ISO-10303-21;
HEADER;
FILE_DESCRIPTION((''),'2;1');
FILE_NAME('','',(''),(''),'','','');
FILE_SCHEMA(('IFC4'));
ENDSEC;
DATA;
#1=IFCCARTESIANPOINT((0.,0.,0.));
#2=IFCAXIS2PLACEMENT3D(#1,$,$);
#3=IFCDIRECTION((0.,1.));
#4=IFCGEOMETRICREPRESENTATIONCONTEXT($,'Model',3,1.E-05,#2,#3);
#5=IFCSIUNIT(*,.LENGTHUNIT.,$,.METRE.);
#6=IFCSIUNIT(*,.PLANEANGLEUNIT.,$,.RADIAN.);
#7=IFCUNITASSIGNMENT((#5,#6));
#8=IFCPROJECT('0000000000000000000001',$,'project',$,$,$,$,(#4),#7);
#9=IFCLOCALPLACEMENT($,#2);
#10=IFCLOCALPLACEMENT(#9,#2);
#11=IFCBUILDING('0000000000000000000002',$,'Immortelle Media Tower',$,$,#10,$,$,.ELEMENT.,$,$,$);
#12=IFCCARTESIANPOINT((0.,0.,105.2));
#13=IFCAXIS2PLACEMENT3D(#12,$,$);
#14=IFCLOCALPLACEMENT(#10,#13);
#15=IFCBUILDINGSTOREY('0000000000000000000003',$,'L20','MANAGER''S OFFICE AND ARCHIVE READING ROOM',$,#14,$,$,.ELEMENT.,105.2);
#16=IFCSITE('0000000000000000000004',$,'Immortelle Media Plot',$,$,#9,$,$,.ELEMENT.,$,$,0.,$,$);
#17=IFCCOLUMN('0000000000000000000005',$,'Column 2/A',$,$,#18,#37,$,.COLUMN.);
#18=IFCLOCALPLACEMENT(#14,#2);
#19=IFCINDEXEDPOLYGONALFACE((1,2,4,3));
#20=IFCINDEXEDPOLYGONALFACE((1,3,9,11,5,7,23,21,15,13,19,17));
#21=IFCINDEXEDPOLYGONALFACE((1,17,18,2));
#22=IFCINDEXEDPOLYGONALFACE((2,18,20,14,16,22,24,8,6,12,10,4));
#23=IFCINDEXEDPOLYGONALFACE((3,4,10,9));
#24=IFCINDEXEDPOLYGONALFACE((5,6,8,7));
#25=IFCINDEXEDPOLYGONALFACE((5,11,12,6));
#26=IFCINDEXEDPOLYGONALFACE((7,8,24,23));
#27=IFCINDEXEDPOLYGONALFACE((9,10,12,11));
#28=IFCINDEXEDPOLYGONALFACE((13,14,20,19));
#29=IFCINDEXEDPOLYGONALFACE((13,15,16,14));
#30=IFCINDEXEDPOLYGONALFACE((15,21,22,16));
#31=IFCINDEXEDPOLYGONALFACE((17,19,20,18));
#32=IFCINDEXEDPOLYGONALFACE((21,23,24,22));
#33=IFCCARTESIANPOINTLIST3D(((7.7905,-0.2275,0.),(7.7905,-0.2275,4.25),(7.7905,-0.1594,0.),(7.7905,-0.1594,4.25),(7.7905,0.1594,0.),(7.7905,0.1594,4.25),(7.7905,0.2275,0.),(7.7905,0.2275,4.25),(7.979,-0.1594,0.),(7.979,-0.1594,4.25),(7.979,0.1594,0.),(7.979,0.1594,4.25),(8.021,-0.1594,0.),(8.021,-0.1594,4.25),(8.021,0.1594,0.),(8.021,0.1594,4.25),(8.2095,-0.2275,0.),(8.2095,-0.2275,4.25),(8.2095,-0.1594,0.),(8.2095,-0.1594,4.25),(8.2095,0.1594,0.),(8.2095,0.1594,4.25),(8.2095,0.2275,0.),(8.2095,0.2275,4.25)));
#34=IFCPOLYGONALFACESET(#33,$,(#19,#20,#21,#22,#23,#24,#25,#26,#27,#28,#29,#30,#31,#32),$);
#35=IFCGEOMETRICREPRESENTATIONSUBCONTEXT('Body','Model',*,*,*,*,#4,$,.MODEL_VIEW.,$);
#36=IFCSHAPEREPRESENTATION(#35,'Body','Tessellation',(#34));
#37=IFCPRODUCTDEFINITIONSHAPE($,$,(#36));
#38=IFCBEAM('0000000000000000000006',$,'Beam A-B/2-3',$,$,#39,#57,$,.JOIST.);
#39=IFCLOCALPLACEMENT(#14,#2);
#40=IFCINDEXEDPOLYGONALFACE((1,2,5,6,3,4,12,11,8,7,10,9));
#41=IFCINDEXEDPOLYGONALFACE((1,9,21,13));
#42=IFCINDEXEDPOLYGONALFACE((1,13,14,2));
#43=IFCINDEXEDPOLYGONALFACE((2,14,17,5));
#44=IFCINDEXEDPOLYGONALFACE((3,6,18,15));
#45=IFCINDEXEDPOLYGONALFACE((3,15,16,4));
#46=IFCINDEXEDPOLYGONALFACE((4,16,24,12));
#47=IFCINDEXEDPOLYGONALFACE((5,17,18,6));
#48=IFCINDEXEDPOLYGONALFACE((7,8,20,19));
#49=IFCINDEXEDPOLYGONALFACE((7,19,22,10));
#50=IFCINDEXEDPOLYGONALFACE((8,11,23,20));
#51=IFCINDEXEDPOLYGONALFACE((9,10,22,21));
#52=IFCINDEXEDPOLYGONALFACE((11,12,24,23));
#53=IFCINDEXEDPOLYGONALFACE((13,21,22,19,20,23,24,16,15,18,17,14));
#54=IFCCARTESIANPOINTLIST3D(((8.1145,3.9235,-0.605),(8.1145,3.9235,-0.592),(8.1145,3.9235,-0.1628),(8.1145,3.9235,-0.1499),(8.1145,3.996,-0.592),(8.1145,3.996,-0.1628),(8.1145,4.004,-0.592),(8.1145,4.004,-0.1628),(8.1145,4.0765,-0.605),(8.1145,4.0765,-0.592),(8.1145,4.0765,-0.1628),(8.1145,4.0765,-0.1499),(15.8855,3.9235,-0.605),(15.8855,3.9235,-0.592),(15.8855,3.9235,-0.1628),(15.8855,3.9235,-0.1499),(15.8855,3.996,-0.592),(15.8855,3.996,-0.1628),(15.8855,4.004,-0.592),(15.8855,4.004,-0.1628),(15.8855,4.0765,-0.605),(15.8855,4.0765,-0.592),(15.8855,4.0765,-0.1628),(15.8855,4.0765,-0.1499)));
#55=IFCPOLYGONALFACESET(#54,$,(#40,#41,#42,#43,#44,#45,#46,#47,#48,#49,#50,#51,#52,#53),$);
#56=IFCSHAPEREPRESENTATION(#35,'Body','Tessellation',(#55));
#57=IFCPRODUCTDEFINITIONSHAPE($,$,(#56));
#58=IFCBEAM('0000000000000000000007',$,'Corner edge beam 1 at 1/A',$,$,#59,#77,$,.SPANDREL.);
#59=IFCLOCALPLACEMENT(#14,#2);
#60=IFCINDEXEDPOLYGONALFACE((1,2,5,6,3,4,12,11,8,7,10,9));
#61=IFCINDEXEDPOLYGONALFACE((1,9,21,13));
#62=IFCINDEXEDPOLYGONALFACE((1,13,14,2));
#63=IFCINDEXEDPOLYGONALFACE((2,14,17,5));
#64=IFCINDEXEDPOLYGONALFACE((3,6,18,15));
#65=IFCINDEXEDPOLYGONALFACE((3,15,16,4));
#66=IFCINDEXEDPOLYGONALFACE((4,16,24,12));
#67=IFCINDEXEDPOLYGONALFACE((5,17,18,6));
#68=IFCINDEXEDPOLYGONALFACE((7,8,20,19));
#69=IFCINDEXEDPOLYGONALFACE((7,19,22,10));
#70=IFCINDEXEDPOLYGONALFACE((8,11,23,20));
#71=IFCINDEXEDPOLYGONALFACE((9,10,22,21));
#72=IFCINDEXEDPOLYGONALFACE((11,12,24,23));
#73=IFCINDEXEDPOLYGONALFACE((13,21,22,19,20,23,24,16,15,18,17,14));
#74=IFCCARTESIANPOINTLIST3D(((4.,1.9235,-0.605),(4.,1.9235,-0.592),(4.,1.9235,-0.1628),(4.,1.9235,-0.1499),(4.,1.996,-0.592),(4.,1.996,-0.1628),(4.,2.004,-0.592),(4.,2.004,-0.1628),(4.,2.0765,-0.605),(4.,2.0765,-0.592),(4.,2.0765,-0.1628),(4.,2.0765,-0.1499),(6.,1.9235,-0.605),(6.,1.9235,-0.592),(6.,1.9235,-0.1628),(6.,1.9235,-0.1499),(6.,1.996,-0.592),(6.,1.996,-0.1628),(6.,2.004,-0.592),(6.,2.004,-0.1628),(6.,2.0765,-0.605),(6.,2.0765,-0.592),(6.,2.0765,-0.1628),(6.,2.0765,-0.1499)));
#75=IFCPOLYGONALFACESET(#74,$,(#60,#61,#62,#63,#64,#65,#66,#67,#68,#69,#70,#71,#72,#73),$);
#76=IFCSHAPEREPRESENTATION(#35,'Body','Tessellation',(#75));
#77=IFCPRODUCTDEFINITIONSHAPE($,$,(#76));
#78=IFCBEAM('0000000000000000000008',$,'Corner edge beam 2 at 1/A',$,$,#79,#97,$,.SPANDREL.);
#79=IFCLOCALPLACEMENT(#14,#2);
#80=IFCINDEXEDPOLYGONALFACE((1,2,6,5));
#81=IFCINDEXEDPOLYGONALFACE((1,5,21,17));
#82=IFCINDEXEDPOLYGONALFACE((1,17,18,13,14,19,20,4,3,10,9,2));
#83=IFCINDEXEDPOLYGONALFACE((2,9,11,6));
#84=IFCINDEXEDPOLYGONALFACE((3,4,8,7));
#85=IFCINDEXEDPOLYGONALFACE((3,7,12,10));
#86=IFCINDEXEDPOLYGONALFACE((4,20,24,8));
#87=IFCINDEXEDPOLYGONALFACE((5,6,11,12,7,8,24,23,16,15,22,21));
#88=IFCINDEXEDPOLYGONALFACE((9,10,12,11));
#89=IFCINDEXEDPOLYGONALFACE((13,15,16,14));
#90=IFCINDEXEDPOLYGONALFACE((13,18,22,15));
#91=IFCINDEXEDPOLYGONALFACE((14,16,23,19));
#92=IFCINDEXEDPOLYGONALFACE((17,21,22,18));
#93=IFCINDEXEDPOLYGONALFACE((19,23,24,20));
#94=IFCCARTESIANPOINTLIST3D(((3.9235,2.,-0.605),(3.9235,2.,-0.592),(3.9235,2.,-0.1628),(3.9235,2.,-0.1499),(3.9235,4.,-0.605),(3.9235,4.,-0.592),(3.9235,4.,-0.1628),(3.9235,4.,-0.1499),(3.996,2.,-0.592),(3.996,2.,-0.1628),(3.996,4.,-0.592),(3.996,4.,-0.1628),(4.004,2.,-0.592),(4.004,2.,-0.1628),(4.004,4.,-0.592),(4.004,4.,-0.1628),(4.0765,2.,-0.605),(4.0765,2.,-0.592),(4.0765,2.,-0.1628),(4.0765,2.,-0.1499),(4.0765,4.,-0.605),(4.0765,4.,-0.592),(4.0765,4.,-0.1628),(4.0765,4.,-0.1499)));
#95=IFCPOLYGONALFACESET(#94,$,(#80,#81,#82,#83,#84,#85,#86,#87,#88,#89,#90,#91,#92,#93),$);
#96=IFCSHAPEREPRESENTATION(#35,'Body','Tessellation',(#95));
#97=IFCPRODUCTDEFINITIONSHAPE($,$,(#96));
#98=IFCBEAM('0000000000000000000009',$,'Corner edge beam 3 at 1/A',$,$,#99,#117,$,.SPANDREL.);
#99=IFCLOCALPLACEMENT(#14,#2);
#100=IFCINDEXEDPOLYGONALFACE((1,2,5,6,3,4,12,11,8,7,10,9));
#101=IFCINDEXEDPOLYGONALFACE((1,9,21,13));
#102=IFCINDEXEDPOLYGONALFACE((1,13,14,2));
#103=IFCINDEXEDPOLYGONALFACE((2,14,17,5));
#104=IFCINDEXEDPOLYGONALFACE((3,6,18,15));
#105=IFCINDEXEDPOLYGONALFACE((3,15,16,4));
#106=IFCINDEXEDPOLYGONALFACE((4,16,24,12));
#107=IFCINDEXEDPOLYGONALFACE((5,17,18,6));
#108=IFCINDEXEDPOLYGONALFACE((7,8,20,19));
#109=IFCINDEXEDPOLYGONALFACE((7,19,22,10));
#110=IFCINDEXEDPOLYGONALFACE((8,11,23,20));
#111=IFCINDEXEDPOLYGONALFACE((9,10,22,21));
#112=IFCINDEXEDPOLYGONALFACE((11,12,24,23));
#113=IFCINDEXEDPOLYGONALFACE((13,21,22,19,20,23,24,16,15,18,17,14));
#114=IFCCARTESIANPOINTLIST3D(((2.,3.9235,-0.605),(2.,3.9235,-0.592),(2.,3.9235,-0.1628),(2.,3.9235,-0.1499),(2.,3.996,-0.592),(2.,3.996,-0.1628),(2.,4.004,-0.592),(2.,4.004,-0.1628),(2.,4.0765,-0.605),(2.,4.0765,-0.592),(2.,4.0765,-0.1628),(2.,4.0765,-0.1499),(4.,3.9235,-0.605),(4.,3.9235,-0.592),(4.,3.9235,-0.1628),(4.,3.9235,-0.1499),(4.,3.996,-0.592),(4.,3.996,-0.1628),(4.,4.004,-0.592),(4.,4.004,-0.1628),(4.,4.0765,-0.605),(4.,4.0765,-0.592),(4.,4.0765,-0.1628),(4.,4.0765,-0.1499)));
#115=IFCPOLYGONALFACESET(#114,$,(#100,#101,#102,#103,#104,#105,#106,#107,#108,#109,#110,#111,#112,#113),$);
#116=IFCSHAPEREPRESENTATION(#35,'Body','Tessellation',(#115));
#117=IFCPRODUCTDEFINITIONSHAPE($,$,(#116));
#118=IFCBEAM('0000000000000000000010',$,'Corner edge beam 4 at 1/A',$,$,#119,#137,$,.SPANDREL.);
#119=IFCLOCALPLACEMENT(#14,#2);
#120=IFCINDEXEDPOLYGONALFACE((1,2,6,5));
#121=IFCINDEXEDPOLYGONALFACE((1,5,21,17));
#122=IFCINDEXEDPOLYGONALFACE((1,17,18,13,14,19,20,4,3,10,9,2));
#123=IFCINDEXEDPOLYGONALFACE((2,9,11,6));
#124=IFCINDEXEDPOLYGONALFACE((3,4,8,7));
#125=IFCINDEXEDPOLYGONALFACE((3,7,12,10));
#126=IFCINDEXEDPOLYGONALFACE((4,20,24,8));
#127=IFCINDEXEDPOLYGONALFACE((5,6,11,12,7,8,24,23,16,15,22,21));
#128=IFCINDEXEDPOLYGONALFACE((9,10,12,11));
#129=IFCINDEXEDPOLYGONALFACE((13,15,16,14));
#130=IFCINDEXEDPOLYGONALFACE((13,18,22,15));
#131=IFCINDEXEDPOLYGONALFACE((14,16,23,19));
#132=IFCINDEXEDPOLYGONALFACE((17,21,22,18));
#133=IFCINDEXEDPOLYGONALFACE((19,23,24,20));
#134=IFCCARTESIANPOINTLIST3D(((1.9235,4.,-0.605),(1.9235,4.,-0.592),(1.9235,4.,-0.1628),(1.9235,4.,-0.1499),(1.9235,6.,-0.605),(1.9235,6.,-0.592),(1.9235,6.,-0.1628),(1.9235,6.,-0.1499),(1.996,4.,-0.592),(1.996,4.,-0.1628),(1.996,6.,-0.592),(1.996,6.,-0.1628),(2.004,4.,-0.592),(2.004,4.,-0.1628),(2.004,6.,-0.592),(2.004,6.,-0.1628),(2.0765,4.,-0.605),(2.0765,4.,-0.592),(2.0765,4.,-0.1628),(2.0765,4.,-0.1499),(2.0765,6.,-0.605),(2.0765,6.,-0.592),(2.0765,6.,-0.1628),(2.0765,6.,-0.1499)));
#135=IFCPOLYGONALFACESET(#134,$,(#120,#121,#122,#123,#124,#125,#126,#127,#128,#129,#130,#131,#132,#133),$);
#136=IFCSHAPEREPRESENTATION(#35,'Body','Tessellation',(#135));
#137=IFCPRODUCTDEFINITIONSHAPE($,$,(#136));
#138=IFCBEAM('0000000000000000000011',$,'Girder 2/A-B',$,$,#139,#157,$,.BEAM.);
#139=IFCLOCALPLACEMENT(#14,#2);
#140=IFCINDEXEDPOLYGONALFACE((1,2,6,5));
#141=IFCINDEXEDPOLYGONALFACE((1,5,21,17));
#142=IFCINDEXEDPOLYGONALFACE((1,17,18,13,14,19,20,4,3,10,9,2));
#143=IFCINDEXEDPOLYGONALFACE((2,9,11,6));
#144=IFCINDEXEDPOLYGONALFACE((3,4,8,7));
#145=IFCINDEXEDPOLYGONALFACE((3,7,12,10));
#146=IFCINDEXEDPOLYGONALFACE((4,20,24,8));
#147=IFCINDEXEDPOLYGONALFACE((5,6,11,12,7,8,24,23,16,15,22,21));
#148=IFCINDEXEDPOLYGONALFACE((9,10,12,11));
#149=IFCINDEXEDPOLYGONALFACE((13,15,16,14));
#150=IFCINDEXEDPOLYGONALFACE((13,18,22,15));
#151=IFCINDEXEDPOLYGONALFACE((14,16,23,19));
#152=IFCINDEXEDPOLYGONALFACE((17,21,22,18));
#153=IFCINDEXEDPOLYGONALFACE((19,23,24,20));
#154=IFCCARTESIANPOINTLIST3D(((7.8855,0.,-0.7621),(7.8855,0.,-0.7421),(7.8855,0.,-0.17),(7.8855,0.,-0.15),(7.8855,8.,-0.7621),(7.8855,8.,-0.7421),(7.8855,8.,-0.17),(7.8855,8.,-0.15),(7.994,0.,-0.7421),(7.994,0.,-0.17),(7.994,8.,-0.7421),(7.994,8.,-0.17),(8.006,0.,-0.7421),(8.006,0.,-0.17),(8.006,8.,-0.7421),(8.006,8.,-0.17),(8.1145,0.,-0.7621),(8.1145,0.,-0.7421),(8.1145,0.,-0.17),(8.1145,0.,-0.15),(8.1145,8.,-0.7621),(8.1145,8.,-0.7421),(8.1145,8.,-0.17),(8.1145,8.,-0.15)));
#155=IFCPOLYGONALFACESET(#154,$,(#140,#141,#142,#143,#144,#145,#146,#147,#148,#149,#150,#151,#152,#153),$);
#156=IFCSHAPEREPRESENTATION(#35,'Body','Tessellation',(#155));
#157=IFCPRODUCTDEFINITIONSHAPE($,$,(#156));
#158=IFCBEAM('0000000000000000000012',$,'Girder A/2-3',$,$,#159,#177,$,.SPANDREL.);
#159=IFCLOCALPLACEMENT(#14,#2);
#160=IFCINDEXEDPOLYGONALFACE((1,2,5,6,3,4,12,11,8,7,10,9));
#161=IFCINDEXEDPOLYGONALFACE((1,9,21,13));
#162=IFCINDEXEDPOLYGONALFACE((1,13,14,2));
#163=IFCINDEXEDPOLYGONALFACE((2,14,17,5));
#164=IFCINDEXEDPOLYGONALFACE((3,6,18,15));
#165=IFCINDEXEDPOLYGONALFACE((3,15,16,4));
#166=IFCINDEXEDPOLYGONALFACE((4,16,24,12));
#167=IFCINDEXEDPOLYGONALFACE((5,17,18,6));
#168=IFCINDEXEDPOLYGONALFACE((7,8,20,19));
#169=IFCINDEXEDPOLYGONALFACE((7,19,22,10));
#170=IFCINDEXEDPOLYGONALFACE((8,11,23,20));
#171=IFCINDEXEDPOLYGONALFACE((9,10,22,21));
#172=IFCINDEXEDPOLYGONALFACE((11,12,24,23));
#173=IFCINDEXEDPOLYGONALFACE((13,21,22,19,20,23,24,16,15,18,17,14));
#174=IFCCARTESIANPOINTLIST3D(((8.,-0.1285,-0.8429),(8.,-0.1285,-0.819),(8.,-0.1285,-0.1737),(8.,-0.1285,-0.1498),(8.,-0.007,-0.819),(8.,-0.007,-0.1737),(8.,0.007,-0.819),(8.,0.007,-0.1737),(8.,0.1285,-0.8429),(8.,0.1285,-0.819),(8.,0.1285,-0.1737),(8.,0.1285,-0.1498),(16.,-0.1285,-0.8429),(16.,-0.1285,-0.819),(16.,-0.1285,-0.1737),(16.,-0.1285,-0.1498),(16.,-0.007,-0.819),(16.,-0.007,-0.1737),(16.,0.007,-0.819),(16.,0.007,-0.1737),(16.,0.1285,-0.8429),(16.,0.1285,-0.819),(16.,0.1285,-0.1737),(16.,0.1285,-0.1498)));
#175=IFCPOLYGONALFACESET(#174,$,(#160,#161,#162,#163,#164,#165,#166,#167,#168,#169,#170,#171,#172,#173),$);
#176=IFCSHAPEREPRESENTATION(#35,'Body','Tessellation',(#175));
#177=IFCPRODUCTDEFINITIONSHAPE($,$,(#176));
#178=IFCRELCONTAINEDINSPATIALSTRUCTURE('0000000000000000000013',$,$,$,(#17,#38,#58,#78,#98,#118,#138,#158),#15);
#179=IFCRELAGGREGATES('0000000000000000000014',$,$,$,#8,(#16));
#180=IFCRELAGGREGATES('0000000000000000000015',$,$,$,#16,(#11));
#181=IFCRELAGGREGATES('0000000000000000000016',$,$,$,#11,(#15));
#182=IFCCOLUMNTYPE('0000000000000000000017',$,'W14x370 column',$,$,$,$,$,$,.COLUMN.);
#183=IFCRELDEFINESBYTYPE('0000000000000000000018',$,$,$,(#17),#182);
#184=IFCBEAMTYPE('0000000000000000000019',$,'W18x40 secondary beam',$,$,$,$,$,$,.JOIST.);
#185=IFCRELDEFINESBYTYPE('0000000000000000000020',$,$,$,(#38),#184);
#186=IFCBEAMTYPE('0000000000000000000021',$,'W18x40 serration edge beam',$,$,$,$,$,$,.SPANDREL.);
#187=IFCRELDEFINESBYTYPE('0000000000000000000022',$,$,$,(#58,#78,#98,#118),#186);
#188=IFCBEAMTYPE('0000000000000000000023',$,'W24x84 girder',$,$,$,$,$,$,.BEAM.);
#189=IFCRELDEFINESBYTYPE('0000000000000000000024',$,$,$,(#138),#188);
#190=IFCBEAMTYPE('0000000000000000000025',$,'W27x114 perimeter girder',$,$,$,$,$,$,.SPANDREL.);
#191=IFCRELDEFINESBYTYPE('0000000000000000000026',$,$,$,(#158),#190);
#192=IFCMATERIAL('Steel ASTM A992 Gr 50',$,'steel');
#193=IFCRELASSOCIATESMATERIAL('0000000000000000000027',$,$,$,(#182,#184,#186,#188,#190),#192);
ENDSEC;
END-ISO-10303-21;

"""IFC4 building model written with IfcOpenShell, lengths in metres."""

from ifc_helpers import new_model, si_unit, direction, frame, origin, origin_2d, place, context, subcontext, project, spatial, i_section, extrude, material, material_profile, profile_set, type_object, element, save


model = new_model("IFC4")

# Units and contexts
model_context = context("Model", 3, precision=1e-05, world=origin(), true_north=direction((0.0, 1.0)))
body_context = subcontext(model_context, "Body", "Model", "MODEL_VIEW")
ifc_project = project(units=[si_unit("LENGTHUNIT", "METRE"), si_unit("PLANEANGLEUNIT", "RADIAN")], contexts=[model_context])

# Site, building, storey
site_placement = place(None, origin())
site = spatial("IfcSite", under=ifc_project, at=site_placement, Name="Immortelle Media Plot", CompositionType="ELEMENT", RefElevation=0.0)
building_placement = place(site_placement, origin())
building = spatial("IfcBuilding", under=site, at=building_placement, Name="Immortelle Media Tower", CompositionType="ELEMENT")
storey_placement = place(building_placement, frame((0.0, 0.0, 105.2)))
storey = spatial("IfcBuildingStorey", under=building, at=storey_placement, Name="L20", Description="MANAGER'S OFFICE AND ARCHIVE READING ROOM", CompositionType="ELEMENT", Elevation=105.2)

# Column
ifc_material_1 = material(Name="Steel ASTM A992 Gr 50", Category="steel")
ifc_material_profile_1 = material_profile(ifc_material_1, i_section(OverallWidth=0.4189, OverallDepth=0.4551, WebThickness=0.042, FlangeThickness=0.0681, at=origin_2d()), Name="W14x370")
ifc_profile_set_1 = profile_set([ifc_material_profile_1], Name="Steel ASTM A992 Gr 50")
column_type = type_object("IfcColumnType", Name="W14x370 column", PredefinedType="COLUMN", material=ifc_profile_set_1)
column_placement = place(storey_placement, frame((8.0, 0.0, 0.0), z_axis=(0.0, 0.0, 1.0), x_axis=(1.0, 0.0, 0.0)))
element("IfcColumn", 1, at=column_placement, inside=storey, type_object=column_type, Name="Column 2/A", PredefinedType="COLUMN", context=body_context, shape_type="SweptSolid", body=[
    extrude(i_section(OverallWidth=0.4189, OverallDepth=0.4551, WebThickness=0.042, FlangeThickness=0.0681, at=origin_2d()), origin(), (0.0, 0.0, 1.0), 4.25),
])

# Beams
ifc_material_profile_2 = material_profile(ifc_material_1, i_section(OverallWidth=0.1531, OverallDepth=0.4551, WebThickness=0.0081, FlangeThickness=0.0129, at=origin_2d()), Name="W18x40")
ifc_profile_set_2 = profile_set([ifc_material_profile_2], Name="Steel ASTM A992 Gr 50")
beam_type_1 = type_object("IfcBeamType", Name="W18x40 secondary beam", PredefinedType="JOIST", material=ifc_profile_set_2)
beam_1_placement = place(storey_placement, frame((8.1145, 4.0, -0.3774), z_axis=(1.0, 0.0, 0.0), x_axis=(0.0, 1.0, 0.0)))
element("IfcBeam", 2, at=beam_1_placement, inside=storey, type_object=beam_type_1, Name="Beam A-B/2-3", PredefinedType="JOIST", context=body_context, shape_type="SweptSolid", body=[
    extrude(i_section(OverallWidth=0.1531, OverallDepth=0.4551, WebThickness=0.0081, FlangeThickness=0.0129, at=origin_2d()), origin(), (0.0, 0.0, 1.0), 7.771),
])
ifc_material_profile_3 = material_profile(ifc_material_1, i_section(OverallWidth=0.1531, OverallDepth=0.4551, WebThickness=0.0081, FlangeThickness=0.0129, at=origin_2d()), Name="W18x40")
ifc_profile_set_3 = profile_set([ifc_material_profile_3], Name="Steel ASTM A992 Gr 50")
beam_type_2 = type_object("IfcBeamType", Name="W18x40 serration edge beam", PredefinedType="SPANDREL", material=ifc_profile_set_3)
for number, where, z_axis, x_axis, name in (
    (3, (6.0, 2.0, -0.3774), (-1.0, 0.0, 0.0), (0.0, -1.0, 0.0), "Corner edge beam 1 at 1/A"),
    (4, (4.0, 2.0, -0.3774), (0.0, 1.0, 0.0), (-1.0, 0.0, 0.0), "Corner edge beam 2 at 1/A"),
    (5, (4.0, 4.0, -0.3774), (-1.0, 0.0, 0.0), (0.0, -1.0, 0.0), "Corner edge beam 3 at 1/A"),
    (6, (2.0, 4.0, -0.3774), (0.0, 1.0, 0.0), (-1.0, 0.0, 0.0), "Corner edge beam 4 at 1/A"),
):
    element("IfcBeam", number, at=place(storey_placement, frame(where, z_axis=z_axis, x_axis=x_axis)), inside=storey, type_object=beam_type_2, Name=name, PredefinedType="SPANDREL", context=body_context, shape_type="SweptSolid", body=[
        extrude(i_section(OverallWidth=0.1531, OverallDepth=0.4551, WebThickness=0.0081, FlangeThickness=0.0129, at=origin_2d()), origin(), (0.0, 0.0, 1.0), 2.0),
    ])
ifc_material_profile_4 = material_profile(ifc_material_1, i_section(OverallWidth=0.229, OverallDepth=0.6121, WebThickness=0.012, FlangeThickness=0.02, at=origin_2d()), Name="W24x84")
ifc_profile_set_4 = profile_set([ifc_material_profile_4], Name="Steel ASTM A992 Gr 50")
beam_type_3 = type_object("IfcBeamType", Name="W24x84 girder", PredefinedType="BEAM", material=ifc_profile_set_4)
beam_2_placement = place(storey_placement, frame((8.0, 0.0, -0.4561), z_axis=(0.0, 1.0, 0.0), x_axis=(-1.0, 0.0, 0.0)))
element("IfcBeam", 7, at=beam_2_placement, inside=storey, type_object=beam_type_3, Name="Girder 2/A-B", PredefinedType="BEAM", context=body_context, shape_type="SweptSolid", body=[
    extrude(i_section(OverallWidth=0.229, OverallDepth=0.6121, WebThickness=0.012, FlangeThickness=0.02, at=origin_2d()), origin(), (0.0, 0.0, 1.0), 8.0),
])
ifc_material_profile_5 = material_profile(ifc_material_1, i_section(OverallWidth=0.2571, OverallDepth=0.6931, WebThickness=0.0139, FlangeThickness=0.0239, at=origin_2d()), Name="W27x114")
ifc_profile_set_5 = profile_set([ifc_material_profile_5], Name="Steel ASTM A992 Gr 50")
beam_type_4 = type_object("IfcBeamType", Name="W27x114 perimeter girder", PredefinedType="SPANDREL", material=ifc_profile_set_5)
beam_3_placement = place(storey_placement, frame((8.0, 0.0, -0.4963), z_axis=(1.0, 0.0, 0.0), x_axis=(0.0, 1.0, 0.0)))
element("IfcBeam", 8, at=beam_3_placement, inside=storey, type_object=beam_type_4, Name="Girder A/2-3", PredefinedType="SPANDREL", context=body_context, shape_type="SweptSolid", body=[
    extrude(i_section(OverallWidth=0.2571, OverallDepth=0.6931, WebThickness=0.0139, FlangeThickness=0.0239, at=origin_2d()), origin(), (0.0, 0.0, 1.0), 8.0),
])

save(model, "model.ifc")
